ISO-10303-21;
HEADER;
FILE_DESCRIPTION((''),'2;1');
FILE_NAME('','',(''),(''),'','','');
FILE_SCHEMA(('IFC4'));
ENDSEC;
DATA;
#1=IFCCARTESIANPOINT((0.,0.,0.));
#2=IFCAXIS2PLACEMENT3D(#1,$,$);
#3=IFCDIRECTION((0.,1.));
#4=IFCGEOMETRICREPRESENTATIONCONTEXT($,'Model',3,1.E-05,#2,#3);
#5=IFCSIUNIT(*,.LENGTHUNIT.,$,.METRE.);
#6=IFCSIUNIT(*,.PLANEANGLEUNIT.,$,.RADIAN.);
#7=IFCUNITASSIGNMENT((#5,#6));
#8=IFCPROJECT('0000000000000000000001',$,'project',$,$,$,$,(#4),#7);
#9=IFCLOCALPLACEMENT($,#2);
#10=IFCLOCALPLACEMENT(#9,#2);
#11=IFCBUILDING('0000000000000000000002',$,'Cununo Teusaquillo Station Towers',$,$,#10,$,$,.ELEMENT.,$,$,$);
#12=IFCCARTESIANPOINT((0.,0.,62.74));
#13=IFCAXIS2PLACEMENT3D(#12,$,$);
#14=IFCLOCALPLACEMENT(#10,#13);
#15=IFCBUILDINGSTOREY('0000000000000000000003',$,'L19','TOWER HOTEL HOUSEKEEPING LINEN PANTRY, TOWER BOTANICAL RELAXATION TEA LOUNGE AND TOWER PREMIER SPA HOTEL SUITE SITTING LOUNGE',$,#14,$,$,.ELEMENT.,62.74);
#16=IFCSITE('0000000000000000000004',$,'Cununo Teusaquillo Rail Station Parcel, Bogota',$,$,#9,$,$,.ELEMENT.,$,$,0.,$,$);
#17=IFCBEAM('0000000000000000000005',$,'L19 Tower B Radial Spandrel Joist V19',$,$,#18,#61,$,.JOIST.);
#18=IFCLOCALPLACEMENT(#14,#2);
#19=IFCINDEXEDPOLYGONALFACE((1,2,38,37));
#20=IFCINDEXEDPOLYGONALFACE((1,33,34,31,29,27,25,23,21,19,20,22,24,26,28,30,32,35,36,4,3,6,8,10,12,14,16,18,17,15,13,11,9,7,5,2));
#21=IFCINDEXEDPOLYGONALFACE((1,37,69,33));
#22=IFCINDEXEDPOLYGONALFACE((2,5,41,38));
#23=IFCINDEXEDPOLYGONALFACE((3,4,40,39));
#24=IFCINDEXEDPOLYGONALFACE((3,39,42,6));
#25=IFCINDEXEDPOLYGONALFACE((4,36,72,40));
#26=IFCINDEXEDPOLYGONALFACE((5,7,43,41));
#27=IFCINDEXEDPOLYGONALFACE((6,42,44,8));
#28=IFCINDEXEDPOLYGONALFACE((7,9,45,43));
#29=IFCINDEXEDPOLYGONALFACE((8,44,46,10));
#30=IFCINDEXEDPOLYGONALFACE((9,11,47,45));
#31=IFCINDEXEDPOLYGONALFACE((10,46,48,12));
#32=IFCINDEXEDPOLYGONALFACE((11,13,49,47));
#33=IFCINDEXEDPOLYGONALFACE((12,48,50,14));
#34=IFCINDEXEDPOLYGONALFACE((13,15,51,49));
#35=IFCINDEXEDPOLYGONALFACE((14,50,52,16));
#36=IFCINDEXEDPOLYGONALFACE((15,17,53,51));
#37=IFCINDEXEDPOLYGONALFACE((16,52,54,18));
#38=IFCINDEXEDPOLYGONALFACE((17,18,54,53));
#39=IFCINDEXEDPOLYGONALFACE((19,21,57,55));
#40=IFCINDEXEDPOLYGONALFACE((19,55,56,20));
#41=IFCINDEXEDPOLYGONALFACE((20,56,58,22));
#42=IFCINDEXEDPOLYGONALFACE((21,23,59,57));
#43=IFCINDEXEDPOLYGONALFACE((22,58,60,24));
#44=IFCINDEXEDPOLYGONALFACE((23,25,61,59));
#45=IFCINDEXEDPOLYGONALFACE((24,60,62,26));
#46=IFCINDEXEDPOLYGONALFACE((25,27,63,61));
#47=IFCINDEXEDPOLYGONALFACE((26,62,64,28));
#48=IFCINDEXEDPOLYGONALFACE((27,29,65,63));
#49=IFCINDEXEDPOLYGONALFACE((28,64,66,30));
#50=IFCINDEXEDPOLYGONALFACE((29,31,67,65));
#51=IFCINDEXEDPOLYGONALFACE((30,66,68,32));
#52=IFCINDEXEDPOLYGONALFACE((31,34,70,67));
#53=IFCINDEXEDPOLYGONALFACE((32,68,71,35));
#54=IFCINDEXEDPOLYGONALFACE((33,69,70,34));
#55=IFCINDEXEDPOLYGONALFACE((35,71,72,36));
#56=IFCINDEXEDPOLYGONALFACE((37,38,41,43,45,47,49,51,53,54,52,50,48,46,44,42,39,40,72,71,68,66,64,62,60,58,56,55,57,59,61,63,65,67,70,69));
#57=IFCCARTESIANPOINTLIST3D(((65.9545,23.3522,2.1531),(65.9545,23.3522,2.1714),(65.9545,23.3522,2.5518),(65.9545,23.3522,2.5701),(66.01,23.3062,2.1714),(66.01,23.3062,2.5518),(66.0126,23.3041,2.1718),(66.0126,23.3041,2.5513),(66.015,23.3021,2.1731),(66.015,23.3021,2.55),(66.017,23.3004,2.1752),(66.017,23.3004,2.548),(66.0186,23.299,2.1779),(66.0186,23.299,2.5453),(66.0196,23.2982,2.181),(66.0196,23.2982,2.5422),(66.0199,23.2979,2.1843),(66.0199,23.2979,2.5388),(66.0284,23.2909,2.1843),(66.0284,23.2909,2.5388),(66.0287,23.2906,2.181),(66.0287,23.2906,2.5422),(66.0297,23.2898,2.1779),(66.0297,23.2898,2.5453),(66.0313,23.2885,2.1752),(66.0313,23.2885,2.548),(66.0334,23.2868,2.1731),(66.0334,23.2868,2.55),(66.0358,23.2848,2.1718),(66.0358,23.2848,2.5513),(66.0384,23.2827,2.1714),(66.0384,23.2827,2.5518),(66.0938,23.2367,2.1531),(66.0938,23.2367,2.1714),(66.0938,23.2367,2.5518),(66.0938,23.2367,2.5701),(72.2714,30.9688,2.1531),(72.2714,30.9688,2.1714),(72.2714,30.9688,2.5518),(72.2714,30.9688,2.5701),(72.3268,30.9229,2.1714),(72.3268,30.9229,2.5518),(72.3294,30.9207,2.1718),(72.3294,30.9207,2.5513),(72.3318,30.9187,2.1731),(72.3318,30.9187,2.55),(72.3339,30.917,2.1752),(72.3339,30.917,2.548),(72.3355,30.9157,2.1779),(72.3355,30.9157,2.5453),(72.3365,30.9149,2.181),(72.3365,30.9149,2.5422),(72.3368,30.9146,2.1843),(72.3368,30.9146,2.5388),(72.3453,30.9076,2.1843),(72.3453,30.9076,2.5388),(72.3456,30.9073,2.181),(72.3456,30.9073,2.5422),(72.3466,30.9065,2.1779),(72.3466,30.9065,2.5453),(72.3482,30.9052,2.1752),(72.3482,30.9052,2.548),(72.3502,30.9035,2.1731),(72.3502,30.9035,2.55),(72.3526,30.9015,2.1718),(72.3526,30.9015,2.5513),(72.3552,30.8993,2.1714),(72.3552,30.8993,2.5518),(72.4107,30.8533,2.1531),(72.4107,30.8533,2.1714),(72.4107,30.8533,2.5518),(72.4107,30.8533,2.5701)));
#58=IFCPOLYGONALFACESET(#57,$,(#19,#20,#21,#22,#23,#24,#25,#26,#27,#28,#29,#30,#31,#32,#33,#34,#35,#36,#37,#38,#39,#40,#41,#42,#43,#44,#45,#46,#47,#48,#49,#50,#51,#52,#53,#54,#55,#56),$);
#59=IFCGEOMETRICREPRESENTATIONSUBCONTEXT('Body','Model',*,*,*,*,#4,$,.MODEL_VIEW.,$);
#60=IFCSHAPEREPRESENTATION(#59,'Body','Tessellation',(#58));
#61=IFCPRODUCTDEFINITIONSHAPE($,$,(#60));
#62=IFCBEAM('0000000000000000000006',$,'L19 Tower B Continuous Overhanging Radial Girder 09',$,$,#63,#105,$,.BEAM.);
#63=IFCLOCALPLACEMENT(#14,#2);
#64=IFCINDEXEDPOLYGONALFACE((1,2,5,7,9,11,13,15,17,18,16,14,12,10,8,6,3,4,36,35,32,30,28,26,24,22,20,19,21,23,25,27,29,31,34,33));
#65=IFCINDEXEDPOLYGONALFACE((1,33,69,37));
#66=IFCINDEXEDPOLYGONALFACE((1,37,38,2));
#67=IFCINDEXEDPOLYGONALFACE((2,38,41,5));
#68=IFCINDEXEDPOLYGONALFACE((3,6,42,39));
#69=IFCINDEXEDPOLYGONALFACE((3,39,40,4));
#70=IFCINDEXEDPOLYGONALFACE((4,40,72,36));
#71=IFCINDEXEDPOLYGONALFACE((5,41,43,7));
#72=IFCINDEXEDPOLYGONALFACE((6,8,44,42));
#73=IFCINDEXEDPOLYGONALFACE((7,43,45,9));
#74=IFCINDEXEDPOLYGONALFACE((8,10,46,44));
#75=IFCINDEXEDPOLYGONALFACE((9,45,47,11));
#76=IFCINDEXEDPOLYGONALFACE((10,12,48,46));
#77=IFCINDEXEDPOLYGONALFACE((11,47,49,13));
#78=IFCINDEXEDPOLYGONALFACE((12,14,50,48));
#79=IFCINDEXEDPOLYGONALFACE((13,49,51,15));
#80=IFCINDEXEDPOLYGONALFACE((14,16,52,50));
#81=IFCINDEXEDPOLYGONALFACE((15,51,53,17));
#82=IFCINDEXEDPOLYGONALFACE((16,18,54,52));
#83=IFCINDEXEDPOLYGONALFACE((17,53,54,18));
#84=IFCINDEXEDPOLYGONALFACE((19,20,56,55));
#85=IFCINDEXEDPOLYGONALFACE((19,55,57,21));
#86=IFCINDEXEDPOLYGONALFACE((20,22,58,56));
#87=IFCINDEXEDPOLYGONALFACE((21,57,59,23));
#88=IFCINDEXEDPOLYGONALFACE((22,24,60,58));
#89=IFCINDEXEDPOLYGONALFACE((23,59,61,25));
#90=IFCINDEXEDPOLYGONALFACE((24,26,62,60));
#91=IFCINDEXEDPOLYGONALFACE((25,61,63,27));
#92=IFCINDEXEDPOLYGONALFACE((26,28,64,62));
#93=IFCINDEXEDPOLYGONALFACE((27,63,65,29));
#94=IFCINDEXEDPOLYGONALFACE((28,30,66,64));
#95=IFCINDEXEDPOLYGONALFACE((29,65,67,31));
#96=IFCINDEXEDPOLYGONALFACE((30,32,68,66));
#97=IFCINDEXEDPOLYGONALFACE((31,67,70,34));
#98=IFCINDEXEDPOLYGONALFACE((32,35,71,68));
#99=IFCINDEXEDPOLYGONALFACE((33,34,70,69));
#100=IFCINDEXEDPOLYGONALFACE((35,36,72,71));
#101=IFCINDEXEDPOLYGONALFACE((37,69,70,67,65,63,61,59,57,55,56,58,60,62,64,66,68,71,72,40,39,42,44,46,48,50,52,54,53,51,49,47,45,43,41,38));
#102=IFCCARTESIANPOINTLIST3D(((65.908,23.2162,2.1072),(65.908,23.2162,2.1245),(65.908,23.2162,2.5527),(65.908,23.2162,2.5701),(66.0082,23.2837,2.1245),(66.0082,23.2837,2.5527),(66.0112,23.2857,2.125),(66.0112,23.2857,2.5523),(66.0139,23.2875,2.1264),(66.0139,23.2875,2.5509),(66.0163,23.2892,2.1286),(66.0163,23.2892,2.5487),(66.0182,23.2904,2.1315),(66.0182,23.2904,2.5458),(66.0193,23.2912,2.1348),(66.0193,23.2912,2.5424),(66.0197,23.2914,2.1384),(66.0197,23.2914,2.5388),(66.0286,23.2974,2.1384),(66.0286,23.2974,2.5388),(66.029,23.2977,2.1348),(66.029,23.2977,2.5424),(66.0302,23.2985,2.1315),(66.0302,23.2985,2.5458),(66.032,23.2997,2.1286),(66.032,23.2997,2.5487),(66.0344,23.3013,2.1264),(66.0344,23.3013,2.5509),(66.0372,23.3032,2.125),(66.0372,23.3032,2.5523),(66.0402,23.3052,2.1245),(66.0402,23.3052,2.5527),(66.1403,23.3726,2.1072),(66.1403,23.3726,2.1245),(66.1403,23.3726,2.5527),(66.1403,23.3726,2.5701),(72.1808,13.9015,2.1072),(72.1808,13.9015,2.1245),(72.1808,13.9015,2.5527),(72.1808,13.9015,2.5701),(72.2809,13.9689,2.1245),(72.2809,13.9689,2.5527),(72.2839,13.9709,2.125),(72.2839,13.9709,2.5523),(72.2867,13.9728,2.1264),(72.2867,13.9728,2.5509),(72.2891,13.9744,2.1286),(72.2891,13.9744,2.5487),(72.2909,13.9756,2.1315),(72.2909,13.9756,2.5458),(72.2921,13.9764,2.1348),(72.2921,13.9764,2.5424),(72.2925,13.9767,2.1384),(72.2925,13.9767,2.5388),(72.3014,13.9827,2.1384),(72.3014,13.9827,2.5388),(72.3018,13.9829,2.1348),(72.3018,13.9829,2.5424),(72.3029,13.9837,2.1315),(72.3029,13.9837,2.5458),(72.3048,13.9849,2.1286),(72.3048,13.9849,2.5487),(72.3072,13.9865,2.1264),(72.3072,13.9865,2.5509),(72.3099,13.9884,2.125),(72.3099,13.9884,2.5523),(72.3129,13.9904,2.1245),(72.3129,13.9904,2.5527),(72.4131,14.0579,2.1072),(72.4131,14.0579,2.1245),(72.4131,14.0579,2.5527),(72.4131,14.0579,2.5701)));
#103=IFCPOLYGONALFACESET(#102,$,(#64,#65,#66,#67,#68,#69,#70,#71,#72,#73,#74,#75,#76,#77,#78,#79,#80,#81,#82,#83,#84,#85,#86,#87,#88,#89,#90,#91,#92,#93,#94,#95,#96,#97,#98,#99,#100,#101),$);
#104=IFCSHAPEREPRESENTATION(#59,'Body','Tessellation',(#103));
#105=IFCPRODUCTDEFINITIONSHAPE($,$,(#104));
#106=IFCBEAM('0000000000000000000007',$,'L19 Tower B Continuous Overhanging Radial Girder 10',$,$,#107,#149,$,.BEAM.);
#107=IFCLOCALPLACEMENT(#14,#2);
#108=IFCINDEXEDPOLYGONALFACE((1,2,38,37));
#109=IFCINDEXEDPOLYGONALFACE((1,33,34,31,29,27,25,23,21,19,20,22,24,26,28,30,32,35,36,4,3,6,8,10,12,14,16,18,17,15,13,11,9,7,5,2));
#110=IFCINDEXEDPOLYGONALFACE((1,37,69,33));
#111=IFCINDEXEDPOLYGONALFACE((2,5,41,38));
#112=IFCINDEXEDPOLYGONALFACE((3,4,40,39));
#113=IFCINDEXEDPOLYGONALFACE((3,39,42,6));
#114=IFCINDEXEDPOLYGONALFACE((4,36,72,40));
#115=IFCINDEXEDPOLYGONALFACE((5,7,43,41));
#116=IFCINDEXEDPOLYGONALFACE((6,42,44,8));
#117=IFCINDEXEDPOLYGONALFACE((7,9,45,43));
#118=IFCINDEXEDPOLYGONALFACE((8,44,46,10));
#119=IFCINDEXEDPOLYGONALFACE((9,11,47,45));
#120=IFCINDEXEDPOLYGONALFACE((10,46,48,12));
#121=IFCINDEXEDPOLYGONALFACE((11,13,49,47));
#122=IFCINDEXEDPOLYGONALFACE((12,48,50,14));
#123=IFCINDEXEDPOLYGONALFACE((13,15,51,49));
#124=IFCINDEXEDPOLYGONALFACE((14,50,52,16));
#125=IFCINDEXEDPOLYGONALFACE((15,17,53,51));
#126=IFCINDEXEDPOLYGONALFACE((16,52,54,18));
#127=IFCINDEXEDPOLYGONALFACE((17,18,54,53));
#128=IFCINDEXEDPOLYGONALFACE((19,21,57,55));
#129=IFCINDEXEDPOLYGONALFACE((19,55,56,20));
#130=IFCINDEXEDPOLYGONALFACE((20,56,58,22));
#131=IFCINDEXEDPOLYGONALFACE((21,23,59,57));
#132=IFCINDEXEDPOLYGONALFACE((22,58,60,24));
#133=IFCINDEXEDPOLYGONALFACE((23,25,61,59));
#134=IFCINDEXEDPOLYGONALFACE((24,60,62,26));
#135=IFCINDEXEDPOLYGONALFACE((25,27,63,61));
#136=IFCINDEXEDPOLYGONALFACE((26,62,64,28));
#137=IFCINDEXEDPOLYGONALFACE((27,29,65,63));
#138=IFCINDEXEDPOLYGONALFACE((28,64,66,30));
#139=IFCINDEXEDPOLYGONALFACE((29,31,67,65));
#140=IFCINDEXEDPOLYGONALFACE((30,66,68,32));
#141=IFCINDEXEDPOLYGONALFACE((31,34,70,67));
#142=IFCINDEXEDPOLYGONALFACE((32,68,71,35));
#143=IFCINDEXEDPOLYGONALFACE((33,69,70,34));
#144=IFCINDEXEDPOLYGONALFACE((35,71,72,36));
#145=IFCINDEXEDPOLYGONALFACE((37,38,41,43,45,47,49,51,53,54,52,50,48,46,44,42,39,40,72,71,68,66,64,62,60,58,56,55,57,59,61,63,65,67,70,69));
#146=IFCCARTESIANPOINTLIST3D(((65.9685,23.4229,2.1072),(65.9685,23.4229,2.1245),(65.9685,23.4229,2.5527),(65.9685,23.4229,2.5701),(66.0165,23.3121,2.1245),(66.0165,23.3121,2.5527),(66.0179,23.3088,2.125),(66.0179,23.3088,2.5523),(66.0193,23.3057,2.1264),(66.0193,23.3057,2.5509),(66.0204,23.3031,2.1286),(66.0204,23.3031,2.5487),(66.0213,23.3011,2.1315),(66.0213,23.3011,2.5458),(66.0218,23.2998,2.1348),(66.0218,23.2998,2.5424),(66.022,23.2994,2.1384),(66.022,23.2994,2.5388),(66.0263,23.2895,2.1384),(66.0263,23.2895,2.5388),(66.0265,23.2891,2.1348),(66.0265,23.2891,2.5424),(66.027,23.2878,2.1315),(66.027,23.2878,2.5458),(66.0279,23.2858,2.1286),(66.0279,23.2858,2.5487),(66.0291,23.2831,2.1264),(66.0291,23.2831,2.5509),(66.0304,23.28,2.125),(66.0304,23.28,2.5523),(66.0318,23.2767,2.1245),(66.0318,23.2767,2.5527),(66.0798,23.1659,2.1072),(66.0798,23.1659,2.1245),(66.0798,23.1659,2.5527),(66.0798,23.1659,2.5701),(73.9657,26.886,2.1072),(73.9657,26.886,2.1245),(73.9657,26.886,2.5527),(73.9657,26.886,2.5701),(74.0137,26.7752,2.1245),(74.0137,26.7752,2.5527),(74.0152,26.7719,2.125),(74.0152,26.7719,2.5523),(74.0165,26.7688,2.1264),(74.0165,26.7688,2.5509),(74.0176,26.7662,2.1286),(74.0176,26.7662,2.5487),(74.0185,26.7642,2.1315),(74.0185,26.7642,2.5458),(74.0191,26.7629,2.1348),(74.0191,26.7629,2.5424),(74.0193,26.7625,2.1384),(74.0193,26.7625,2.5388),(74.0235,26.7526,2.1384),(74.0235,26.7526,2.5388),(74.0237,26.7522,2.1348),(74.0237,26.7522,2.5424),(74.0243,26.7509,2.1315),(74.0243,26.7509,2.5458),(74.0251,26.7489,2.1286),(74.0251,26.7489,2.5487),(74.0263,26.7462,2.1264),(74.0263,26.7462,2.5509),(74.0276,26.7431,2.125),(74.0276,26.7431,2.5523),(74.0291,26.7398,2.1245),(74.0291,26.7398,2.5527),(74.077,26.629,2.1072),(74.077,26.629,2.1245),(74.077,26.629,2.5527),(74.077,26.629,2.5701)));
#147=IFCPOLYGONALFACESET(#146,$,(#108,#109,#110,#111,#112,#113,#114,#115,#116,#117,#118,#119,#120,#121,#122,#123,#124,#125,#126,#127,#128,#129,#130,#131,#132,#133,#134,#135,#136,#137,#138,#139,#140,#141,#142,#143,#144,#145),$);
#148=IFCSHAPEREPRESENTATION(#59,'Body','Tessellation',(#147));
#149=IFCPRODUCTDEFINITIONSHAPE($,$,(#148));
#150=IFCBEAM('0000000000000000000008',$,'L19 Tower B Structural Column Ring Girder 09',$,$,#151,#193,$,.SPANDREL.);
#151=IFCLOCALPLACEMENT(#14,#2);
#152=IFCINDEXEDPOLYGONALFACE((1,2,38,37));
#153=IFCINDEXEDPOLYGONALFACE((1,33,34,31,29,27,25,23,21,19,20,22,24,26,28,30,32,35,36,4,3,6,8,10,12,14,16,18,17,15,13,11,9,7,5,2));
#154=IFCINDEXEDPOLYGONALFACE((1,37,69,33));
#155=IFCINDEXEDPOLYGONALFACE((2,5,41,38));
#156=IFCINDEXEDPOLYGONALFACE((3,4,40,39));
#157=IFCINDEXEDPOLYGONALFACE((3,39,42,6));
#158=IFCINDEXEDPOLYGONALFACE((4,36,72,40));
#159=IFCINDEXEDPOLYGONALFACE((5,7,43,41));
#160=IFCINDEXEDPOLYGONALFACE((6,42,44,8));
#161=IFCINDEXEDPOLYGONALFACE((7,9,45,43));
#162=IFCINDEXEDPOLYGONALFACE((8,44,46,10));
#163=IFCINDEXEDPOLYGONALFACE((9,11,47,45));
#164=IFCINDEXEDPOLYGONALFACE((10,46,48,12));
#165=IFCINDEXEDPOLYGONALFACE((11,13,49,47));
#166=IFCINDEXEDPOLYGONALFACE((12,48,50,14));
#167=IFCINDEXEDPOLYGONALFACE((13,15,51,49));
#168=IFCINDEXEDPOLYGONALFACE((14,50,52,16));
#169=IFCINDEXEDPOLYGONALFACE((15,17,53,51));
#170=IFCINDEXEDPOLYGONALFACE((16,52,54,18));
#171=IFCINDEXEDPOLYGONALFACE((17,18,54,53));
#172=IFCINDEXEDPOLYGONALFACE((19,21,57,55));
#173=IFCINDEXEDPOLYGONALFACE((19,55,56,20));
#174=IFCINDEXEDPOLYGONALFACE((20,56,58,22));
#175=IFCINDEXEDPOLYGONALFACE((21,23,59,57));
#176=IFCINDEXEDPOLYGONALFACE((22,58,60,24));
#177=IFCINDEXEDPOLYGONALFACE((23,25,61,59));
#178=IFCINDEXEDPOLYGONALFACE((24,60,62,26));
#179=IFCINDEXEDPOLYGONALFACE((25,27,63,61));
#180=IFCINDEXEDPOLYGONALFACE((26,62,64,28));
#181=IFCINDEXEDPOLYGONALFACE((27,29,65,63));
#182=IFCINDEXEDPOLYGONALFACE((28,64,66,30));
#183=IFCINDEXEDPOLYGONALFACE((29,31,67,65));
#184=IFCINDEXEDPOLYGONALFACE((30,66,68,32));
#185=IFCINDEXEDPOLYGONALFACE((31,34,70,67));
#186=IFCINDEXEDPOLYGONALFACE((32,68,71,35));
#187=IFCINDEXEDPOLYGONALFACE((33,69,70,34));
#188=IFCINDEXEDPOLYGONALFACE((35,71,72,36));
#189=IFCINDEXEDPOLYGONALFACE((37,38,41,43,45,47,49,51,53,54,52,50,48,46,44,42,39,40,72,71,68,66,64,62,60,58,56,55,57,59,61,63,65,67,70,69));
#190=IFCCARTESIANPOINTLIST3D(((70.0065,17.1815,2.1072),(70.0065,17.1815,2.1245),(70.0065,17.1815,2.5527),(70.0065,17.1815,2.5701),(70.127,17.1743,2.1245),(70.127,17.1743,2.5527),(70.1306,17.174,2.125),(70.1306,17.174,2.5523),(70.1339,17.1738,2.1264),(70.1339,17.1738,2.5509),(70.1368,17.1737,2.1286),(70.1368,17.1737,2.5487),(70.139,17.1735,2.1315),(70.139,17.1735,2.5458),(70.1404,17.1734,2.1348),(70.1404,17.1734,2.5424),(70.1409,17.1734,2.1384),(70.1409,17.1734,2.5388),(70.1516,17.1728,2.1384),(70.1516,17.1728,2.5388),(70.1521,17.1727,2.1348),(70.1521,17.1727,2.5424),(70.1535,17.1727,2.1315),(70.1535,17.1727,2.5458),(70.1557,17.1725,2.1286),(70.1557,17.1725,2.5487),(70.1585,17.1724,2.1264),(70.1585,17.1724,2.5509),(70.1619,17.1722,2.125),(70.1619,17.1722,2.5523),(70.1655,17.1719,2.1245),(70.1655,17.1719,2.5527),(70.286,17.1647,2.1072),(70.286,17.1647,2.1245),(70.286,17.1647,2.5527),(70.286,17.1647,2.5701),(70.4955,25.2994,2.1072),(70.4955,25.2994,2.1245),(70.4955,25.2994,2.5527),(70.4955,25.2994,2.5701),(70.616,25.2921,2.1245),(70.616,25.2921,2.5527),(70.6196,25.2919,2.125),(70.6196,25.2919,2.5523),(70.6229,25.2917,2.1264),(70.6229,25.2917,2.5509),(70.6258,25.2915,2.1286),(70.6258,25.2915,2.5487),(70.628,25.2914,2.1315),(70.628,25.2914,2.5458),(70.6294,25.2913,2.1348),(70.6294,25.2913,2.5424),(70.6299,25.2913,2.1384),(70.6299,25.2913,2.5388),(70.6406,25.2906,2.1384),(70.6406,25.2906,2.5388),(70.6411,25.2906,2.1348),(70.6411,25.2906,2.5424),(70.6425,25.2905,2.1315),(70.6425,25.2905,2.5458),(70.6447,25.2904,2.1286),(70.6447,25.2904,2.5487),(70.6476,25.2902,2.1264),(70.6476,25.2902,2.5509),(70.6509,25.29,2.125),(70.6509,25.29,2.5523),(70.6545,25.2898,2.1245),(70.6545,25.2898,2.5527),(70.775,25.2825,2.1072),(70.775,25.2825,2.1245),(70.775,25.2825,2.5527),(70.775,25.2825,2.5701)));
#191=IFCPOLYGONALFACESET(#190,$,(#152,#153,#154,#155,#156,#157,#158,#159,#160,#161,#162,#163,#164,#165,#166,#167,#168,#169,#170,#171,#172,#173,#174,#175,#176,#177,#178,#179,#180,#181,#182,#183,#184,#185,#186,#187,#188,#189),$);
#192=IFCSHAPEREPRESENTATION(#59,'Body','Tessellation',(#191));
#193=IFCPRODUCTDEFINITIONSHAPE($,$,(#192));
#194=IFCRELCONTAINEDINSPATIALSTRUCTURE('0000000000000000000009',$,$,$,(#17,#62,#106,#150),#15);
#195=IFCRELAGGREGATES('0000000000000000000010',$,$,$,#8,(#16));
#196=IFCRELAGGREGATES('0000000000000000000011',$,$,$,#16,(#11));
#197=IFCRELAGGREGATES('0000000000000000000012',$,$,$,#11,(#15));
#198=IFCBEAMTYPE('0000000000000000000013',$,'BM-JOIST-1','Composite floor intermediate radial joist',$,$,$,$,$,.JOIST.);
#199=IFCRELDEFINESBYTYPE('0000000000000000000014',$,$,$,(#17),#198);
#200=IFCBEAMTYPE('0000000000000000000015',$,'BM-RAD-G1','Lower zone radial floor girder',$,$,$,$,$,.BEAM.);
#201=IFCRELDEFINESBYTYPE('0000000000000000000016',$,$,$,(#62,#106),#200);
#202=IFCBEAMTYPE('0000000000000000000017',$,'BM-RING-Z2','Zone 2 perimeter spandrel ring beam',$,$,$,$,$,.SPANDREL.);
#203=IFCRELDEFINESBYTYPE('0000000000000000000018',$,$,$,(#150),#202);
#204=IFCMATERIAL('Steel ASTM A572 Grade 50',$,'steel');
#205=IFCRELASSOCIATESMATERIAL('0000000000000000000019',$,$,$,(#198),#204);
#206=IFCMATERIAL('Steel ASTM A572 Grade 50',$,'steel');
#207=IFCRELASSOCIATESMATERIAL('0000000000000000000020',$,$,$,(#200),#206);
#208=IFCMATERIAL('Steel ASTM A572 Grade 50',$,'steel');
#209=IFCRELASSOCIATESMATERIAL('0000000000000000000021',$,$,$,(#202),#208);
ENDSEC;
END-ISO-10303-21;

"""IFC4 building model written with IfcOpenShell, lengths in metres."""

from ifc_helpers import new_model, si_unit, direction, frame, origin, origin_2d, place, context, subcontext, project, spatial, i_section, extrude, material, material_profile, profile_set, type_object, element, save


model = new_model("IFC4")

# Units and contexts
model_context = context("Model", 3, precision=1e-05, world=origin(), true_north=direction((0.0, 1.0)))
body_context = subcontext(model_context, "Body", "Model", "MODEL_VIEW")
ifc_project = project(units=[si_unit("LENGTHUNIT", "METRE"), si_unit("PLANEANGLEUNIT", "RADIAN")], contexts=[model_context])

# Site, building, storey
site_placement = place(None, origin())
site = spatial("IfcSite", under=ifc_project, at=site_placement, Name="Cununo Teusaquillo Rail Station Parcel, Bogota", CompositionType="ELEMENT", RefElevation=0.0)
building_placement = place(site_placement, origin())
building = spatial("IfcBuilding", under=site, at=building_placement, Name="Cununo Teusaquillo Station Towers", CompositionType="ELEMENT")
storey_placement = place(building_placement, frame((0.0, 0.0, 62.74)))
storey = spatial("IfcBuildingStorey", under=building, at=storey_placement, Name="L19", Description="TOWER HOTEL HOUSEKEEPING LINEN PANTRY, TOWER BOTANICAL RELAXATION TEA LOUNGE AND TOWER PREMIER SPA HOTEL SUITE SITTING LOUNGE", CompositionType="ELEMENT", Elevation=62.74)

# Beams
ifc_material_1 = material(Name="Steel ASTM A572 Grade 50", Category="steel")
ifc_material_profile_1 = material_profile(ifc_material_1, i_section(OverallWidth=0.1809, OverallDepth=0.417, WebThickness=0.011, FlangeThickness=0.0183, FilletRadius=0.0129, at=origin_2d()), Name="W16X57")
ifc_profile_set_1 = profile_set([ifc_material_profile_1], Name="Steel ASTM A572 Grade 50")
beam_type_1 = type_object("IfcBeamType", Name="BM-JOIST-1", Description="Composite floor intermediate radial joist", PredefinedType="JOIST", material=ifc_profile_set_1)
beam_1_placement = place(storey_placement, frame((66.0242, 23.2944, 2.3616), z_axis=(0.638372, 0.769728, 0.0), x_axis=(-0.769728, 0.638372, 0.0)))
element("IfcBeam", 1, at=beam_1_placement, inside=storey, type_object=beam_type_1, Name="L19 Tower B Radial Spandrel Joist V19", PredefinedType="JOIST", context=body_context, shape_type="SweptSolid", body=[
    extrude(i_section(OverallWidth=0.1809, OverallDepth=0.417, WebThickness=0.011, FlangeThickness=0.0183, FilletRadius=0.0129, at=origin_2d()), origin(), (0.0, 0.0, 1.0), 9.8953),
])
ifc_material_2 = material(Name="Steel ASTM A572 Grade 50", Category="steel")
ifc_material_profile_2 = material_profile(ifc_material_2, i_section(OverallWidth=0.28, OverallDepth=0.4629, WebThickness=0.0107, FlangeThickness=0.0173, FilletRadius=0.0139, at=origin_2d()), Name="W18X76")
ifc_profile_set_2 = profile_set([ifc_material_profile_2], Name="Steel ASTM A572 Grade 50")
beam_type_2 = type_object("IfcBeamType", Name="BM-RAD-G1", Description="Lower zone radial floor girder", PredefinedType="BEAM", material=ifc_profile_set_2)
beam_2_placement = place(storey_placement, frame((66.0242, 23.2944, 2.3386), z_axis=(0.558572, -0.829456, 0.0), x_axis=(0.829456, 0.558572, 0.0)))
element("IfcBeam", 2, at=beam_2_placement, inside=storey, type_object=beam_type_2, Name="L19 Tower B Continuous Overhanging Radial Girder 09", PredefinedType="BEAM", context=body_context, shape_type="SweptSolid", body=[
    extrude(i_section(OverallWidth=0.28, OverallDepth=0.4629, WebThickness=0.0107, FlangeThickness=0.0173, FilletRadius=0.0139, at=origin_2d()), origin(), (0.0, 0.0, 1.0), 11.23),
])
beam_3_placement = place(storey_placement, frame((66.0242, 23.2944, 2.3386), z_axis=(0.917655, 0.397379, 0.0), x_axis=(-0.397379, 0.917655, 0.0)))
element("IfcBeam", 3, at=beam_3_placement, inside=storey, type_object=beam_type_2, Name="L19 Tower B Continuous Overhanging Radial Girder 10", PredefinedType="BEAM", context=body_context, shape_type="SweptSolid", body=[
    extrude(i_section(OverallWidth=0.28, OverallDepth=0.4629, WebThickness=0.0107, FlangeThickness=0.0173, FilletRadius=0.0139, at=origin_2d()), origin(), (0.0, 0.0, 1.0), 8.7148),
])
ifc_material_3 = material(Name="Steel ASTM A572 Grade 50", Category="steel")
ifc_material_profile_3 = material_profile(ifc_material_3, i_section(OverallWidth=0.28, OverallDepth=0.4629, WebThickness=0.0107, FlangeThickness=0.0173, FilletRadius=0.0139, at=origin_2d()), Name="W18X76")
ifc_profile_set_3 = profile_set([ifc_material_profile_3], Name="Steel ASTM A572 Grade 50")
beam_type_3 = type_object("IfcBeamType", Name="BM-RING-Z2", Description="Zone 2 perimeter spandrel ring beam", PredefinedType="SPANDREL", material=ifc_profile_set_3)
beam_4_placement = place(storey_placement, frame((70.1462, 17.1731, 2.3386), z_axis=(0.06013, 0.998191, 0.0), x_axis=(-0.998191, 0.06013, 0.0)))
element("IfcBeam", 4, at=beam_4_placement, inside=storey, type_object=beam_type_3, Name="L19 Tower B Structural Column Ring Girder 09", PredefinedType="SPANDREL", context=body_context, shape_type="SweptSolid", body=[
    extrude(i_section(OverallWidth=0.28, OverallDepth=0.4629, WebThickness=0.0107, FlangeThickness=0.0173, FilletRadius=0.0139, at=origin_2d()), origin(), (0.0, 0.0, 1.0), 8.1326),
])

save(model, "model.ifc")
